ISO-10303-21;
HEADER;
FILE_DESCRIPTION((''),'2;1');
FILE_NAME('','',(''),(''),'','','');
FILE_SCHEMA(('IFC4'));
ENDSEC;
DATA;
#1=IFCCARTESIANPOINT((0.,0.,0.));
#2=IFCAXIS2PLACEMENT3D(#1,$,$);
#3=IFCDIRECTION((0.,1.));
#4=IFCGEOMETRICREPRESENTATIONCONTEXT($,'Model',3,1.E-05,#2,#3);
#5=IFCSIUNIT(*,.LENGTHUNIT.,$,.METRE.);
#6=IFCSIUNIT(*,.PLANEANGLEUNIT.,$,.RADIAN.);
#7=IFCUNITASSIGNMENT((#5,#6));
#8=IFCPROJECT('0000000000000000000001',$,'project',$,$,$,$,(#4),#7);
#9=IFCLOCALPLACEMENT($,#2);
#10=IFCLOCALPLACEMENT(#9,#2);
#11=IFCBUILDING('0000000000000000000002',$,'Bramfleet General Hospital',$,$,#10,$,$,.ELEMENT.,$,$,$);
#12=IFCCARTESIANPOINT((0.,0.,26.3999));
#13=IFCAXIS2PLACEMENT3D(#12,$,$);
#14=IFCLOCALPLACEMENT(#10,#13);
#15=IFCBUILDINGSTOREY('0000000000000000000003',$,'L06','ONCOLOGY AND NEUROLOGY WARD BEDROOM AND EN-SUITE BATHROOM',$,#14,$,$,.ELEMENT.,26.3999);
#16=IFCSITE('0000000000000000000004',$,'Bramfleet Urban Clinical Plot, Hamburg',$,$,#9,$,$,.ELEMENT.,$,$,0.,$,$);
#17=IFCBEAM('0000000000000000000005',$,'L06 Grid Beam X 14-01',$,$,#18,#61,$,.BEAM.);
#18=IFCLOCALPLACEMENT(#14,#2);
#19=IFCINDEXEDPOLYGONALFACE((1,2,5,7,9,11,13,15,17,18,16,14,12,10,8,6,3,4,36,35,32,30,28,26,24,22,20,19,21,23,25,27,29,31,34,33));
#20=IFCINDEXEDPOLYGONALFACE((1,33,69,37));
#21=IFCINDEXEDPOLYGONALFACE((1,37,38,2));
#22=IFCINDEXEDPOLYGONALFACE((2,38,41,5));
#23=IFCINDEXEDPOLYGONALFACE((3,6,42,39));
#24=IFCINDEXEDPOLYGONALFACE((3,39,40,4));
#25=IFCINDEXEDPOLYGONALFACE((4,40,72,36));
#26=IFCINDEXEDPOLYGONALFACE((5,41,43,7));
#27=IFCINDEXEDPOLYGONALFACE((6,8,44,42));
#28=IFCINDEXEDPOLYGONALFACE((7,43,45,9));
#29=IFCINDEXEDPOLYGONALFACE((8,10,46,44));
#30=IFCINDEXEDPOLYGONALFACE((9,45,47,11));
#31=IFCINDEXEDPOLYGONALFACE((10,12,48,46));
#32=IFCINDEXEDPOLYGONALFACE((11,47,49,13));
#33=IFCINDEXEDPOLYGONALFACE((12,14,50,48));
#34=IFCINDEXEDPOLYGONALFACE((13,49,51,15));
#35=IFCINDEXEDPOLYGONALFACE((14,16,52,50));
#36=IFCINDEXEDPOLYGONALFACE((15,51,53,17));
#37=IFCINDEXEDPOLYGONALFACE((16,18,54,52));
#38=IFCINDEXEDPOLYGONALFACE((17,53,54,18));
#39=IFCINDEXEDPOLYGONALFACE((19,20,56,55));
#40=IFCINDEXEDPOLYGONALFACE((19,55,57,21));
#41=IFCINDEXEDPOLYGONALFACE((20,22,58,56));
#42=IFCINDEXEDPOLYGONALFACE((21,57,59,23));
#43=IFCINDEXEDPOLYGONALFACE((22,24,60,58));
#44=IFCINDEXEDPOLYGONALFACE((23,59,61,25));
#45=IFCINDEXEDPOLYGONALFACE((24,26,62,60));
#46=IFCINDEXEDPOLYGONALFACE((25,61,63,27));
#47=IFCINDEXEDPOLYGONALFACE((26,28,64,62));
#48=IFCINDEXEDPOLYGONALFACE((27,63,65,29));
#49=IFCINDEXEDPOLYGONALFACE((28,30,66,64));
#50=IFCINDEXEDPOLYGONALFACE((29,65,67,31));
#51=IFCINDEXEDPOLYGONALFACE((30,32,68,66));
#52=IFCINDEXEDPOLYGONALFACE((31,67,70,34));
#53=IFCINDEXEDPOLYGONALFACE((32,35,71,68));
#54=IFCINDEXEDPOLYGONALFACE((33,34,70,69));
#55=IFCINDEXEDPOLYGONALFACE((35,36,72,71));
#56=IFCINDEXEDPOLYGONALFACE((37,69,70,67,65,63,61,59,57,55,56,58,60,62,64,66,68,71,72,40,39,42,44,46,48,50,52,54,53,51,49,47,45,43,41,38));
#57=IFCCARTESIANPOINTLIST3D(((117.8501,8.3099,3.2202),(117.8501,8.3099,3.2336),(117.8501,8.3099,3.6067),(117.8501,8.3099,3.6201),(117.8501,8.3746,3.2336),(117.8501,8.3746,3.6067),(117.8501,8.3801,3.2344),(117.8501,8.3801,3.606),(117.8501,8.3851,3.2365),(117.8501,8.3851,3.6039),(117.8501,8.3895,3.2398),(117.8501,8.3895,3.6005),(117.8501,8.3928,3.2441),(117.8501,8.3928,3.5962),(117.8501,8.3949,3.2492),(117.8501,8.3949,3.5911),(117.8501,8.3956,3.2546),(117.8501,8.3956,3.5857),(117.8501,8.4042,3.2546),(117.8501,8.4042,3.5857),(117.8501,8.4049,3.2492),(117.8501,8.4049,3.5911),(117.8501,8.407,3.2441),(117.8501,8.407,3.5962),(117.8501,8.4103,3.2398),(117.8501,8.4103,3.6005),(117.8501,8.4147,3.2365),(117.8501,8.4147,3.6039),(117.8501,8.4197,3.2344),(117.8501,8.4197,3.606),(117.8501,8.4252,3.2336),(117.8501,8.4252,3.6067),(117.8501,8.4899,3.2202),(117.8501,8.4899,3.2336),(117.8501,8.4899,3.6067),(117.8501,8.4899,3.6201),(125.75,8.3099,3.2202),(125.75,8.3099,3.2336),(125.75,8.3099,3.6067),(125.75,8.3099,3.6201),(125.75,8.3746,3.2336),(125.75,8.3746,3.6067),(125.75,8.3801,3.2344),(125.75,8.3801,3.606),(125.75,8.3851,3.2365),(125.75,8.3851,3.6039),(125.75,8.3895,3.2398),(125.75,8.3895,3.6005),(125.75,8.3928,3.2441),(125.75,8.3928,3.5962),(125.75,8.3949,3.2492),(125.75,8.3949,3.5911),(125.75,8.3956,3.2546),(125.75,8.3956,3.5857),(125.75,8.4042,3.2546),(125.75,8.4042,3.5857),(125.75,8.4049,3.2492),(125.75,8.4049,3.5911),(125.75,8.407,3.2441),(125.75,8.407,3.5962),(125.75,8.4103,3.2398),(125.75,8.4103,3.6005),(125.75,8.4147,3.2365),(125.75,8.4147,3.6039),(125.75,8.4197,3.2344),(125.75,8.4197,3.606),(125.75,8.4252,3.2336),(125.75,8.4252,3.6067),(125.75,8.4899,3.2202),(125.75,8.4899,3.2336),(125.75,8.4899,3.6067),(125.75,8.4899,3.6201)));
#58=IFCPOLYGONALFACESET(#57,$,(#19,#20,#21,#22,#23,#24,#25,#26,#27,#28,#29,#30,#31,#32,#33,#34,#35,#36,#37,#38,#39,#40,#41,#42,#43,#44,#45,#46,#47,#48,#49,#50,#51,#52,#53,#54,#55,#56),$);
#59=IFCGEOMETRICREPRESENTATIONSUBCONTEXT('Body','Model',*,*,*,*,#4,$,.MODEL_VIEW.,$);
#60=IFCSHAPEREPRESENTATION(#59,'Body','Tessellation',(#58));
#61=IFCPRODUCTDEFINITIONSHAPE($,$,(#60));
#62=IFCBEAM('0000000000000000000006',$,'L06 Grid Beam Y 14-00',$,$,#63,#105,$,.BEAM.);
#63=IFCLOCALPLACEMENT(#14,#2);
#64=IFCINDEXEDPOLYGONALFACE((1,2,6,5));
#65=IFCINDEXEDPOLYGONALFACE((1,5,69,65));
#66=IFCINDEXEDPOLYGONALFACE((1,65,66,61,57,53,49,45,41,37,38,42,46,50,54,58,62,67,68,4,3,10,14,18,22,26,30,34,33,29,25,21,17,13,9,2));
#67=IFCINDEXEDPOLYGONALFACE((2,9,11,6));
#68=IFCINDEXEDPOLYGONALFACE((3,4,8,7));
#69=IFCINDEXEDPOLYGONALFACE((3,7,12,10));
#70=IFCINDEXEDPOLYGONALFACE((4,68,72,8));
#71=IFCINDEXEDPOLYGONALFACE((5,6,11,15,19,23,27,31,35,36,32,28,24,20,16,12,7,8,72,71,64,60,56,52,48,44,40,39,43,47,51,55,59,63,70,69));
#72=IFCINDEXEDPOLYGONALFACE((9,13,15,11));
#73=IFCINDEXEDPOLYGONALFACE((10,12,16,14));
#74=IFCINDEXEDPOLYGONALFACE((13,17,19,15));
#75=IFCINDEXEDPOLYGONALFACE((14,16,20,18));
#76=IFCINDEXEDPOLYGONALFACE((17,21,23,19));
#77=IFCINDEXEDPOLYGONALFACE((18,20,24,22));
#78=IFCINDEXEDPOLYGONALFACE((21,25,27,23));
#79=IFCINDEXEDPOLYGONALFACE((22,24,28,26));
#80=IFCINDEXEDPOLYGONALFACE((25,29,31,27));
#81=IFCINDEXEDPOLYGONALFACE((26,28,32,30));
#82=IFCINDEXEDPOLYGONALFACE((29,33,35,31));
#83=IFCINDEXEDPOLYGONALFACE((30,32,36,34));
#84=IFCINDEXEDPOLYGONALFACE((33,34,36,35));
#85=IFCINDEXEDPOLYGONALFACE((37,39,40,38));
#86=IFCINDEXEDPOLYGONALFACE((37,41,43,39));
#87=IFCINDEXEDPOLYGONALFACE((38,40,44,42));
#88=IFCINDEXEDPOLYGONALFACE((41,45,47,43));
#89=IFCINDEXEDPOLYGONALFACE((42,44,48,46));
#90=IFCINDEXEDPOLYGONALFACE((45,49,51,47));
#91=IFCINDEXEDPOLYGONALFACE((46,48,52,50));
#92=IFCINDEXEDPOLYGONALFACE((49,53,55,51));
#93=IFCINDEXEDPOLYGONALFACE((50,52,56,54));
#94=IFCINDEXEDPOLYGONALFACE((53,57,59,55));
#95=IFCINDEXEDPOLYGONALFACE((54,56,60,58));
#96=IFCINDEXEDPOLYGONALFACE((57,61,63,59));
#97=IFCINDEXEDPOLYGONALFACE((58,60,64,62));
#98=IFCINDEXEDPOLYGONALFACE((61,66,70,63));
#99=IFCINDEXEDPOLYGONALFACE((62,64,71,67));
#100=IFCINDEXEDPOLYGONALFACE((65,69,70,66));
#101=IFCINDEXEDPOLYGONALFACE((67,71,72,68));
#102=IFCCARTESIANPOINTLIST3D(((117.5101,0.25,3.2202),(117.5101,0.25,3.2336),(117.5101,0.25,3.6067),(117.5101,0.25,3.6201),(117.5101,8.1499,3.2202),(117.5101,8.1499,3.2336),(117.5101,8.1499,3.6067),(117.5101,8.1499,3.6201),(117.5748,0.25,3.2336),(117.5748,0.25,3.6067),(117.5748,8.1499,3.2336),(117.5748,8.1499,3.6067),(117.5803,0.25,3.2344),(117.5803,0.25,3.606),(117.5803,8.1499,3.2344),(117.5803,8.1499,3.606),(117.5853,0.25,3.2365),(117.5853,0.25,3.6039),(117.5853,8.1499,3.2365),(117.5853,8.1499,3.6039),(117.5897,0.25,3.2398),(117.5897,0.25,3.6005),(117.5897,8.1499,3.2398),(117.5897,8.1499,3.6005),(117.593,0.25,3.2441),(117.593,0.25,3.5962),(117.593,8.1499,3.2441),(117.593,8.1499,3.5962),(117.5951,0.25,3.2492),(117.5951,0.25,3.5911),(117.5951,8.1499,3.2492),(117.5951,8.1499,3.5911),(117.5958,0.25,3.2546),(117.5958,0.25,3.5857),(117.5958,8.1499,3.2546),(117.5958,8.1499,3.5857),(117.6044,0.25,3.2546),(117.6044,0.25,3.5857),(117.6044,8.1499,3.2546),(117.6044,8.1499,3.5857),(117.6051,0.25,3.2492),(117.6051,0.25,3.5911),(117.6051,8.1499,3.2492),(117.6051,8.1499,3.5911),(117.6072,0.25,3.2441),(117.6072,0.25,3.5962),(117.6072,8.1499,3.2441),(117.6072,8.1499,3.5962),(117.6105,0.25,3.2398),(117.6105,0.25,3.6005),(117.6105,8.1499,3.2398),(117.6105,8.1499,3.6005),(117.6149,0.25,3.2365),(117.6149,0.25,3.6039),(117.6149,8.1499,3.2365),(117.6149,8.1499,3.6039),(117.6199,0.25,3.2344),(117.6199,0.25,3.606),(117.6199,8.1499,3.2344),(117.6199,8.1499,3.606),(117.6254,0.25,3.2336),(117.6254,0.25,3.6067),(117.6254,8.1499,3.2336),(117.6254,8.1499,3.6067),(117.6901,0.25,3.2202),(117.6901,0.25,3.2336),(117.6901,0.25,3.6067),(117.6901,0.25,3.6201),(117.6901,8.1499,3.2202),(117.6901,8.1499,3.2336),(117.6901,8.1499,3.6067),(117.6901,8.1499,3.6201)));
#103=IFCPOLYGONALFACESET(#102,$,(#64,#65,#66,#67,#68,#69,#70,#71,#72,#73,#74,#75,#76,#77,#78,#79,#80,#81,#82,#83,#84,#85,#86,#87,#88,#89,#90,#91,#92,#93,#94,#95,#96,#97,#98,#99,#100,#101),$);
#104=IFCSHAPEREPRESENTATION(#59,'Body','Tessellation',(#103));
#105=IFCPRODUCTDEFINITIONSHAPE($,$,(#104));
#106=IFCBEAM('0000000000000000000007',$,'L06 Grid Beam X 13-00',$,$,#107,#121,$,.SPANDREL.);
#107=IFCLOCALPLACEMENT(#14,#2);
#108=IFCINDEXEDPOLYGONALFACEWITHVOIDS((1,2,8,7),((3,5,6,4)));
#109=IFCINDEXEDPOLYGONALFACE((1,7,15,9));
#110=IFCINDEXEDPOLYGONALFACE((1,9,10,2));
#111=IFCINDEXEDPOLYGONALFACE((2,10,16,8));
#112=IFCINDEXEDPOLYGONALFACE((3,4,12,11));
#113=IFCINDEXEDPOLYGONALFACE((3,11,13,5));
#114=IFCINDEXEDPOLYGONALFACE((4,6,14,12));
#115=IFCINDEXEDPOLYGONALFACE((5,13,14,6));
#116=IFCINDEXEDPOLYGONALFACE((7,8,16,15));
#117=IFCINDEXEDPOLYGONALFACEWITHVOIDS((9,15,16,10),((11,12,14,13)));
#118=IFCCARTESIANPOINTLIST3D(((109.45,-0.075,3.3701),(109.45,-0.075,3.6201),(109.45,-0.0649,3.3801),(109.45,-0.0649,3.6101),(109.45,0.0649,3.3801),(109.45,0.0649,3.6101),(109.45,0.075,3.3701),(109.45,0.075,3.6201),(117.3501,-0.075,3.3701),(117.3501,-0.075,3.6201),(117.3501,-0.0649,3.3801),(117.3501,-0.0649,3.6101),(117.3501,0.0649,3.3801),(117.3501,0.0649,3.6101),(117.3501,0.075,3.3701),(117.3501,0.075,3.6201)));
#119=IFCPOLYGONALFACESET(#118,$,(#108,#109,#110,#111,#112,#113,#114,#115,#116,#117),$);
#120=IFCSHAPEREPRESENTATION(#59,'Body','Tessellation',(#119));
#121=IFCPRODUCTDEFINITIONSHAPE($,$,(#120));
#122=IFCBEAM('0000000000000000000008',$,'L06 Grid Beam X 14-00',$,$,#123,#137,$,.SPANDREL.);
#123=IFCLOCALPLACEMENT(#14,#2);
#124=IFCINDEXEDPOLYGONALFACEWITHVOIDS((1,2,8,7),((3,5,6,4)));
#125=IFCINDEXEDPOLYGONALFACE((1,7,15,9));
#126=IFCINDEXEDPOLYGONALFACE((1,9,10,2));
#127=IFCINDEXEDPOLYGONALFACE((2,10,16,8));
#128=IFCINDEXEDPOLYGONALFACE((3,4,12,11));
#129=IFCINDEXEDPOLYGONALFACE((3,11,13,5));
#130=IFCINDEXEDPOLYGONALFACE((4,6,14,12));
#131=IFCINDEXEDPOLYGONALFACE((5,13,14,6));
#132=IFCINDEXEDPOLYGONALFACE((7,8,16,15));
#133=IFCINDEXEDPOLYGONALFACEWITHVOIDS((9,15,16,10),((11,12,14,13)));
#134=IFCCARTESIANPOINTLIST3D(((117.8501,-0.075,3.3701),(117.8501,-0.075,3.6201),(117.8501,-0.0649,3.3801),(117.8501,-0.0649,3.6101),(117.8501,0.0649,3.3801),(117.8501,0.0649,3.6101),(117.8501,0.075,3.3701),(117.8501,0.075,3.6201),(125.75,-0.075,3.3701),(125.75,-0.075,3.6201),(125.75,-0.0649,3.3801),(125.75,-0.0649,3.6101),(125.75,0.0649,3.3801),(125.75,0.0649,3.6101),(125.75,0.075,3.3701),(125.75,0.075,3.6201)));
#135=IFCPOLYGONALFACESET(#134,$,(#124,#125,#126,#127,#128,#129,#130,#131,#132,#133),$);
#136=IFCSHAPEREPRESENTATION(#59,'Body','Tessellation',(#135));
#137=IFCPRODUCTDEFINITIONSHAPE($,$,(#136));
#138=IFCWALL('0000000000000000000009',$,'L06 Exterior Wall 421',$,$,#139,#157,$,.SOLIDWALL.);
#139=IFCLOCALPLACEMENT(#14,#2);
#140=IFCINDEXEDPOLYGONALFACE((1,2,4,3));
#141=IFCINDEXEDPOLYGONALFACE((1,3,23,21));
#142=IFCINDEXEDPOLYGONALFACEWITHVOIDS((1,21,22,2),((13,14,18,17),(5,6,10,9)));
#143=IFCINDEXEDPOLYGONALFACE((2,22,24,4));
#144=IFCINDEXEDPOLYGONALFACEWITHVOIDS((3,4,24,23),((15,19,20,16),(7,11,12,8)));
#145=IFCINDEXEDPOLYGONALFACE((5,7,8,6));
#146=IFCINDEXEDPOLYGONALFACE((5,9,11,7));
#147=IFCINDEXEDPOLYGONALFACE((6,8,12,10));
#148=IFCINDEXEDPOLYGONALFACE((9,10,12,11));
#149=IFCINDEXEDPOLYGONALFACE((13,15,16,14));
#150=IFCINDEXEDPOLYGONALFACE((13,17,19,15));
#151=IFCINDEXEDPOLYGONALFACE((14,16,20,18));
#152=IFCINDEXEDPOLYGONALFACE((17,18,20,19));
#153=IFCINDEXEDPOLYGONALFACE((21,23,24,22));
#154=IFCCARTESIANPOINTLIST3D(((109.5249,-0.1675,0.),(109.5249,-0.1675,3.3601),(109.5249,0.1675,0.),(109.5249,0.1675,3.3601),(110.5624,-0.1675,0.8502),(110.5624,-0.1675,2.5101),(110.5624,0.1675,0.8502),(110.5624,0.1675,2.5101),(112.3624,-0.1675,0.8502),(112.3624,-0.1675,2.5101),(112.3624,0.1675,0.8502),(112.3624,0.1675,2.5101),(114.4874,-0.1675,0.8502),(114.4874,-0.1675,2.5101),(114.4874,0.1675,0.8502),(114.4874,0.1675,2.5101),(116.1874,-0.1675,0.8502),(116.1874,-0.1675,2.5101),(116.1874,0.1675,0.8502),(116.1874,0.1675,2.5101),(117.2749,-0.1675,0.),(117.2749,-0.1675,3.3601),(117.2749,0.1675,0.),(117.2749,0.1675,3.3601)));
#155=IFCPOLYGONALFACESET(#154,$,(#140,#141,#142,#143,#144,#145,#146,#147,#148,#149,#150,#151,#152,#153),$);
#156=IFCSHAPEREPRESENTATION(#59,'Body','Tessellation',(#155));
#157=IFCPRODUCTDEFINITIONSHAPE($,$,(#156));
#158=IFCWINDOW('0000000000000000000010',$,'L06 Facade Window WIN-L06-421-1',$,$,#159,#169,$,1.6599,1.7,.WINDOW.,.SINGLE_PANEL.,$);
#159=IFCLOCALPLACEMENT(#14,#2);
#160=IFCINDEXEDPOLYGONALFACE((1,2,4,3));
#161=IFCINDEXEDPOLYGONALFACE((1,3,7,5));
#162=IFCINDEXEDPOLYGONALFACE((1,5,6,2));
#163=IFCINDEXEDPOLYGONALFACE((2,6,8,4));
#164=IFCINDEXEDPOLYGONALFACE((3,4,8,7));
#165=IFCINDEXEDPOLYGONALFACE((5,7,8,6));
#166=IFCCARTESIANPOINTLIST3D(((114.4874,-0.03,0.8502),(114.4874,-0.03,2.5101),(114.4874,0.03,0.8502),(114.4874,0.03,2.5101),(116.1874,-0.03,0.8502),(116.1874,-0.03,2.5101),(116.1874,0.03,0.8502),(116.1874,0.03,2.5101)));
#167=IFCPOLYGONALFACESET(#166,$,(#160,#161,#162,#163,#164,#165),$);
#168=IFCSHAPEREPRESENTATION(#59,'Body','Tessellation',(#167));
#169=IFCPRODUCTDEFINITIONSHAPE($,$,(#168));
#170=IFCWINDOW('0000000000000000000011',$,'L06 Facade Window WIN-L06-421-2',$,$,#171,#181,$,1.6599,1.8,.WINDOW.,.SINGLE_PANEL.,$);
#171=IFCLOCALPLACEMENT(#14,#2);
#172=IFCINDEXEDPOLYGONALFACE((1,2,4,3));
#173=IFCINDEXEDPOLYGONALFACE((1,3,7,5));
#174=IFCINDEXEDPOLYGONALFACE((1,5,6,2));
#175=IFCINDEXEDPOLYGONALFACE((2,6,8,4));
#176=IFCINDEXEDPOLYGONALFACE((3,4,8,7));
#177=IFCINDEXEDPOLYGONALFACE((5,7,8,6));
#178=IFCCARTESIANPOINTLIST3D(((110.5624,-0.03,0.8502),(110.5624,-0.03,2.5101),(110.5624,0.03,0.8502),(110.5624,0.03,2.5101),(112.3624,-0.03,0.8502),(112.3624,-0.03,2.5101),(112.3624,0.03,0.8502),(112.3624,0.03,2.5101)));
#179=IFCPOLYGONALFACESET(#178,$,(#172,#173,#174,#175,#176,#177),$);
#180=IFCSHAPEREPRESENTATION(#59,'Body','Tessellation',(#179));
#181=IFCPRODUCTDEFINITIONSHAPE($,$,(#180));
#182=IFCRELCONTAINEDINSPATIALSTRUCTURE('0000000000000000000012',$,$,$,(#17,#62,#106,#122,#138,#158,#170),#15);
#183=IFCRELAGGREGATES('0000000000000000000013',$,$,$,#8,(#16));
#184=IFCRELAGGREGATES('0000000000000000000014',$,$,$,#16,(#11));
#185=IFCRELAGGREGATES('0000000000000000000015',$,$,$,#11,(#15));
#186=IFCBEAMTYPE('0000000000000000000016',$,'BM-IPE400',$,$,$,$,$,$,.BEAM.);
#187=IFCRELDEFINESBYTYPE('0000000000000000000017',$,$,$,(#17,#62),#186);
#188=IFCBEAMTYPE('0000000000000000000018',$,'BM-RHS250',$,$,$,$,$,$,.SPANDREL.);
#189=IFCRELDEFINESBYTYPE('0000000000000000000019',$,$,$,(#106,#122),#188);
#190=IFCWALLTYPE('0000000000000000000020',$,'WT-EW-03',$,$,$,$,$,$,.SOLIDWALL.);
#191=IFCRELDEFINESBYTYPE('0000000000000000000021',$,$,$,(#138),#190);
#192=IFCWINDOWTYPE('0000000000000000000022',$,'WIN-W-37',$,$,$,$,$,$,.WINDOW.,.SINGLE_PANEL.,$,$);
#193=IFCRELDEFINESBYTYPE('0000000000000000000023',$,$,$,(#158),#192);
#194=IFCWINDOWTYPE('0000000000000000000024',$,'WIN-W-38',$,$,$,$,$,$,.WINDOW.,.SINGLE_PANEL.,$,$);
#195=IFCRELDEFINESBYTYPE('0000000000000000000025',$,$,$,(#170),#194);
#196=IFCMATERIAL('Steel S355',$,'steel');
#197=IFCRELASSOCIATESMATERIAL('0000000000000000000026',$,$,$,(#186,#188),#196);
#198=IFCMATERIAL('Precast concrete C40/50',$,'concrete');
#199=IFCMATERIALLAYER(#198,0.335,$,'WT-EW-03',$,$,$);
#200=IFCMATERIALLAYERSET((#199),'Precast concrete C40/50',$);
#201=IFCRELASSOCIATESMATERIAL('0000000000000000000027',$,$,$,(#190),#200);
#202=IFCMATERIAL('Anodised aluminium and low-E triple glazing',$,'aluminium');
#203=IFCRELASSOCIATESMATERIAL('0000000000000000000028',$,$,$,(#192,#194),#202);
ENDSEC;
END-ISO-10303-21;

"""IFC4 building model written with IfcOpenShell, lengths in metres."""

from ifc_helpers import new_model, si_unit, direction, frame, frame_2d, origin, origin_2d, place, context, subcontext, project, spatial, rectangle, hollow_rectangle, i_section, extrude, material, layer, layer_set, material_profile, profile_set, type_object, element, fill, save


model = new_model("IFC4")

# Units and contexts
model_context = context("Model", 3, precision=1e-05, world=origin(), true_north=direction((0.0, 1.0)))
body_context = subcontext(model_context, "Body", "Model", "MODEL_VIEW")
ifc_project = project(units=[si_unit("LENGTHUNIT", "METRE"), si_unit("PLANEANGLEUNIT", "RADIAN")], contexts=[model_context])

# Site, building, storey
site_placement = place(None, origin())
site = spatial("IfcSite", under=ifc_project, at=site_placement, Name="Bramfleet Urban Clinical Plot, Hamburg", CompositionType="ELEMENT", RefElevation=0.0)
building_placement = place(site_placement, origin())
building = spatial("IfcBuilding", under=site, at=building_placement, Name="Bramfleet General Hospital", CompositionType="ELEMENT")
storey_placement = place(building_placement, frame((0.0, 0.0, 26.3999)))
storey = spatial("IfcBuildingStorey", under=building, at=storey_placement, Name="L06", Description="ONCOLOGY AND NEUROLOGY WARD BEDROOM AND EN-SUITE BATHROOM", CompositionType="ELEMENT", Elevation=26.3999)

# Beams
ifc_material_1 = material(Name="Steel S355", Category="steel")
ifc_material_profile_1 = material_profile(ifc_material_1, i_section(OverallWidth=0.1799, OverallDepth=0.3999, WebThickness=0.0085, FlangeThickness=0.0134, FilletRadius=0.021, at=origin_2d()), Name="IPE 400")
ifc_profile_set_1 = profile_set([ifc_material_profile_1], Name="Steel S355")
beam_type_1 = type_object("IfcBeamType", Name="BM-IPE400", PredefinedType="BEAM", material=ifc_profile_set_1)
for number, where, z_axis, x_axis, name in (
    (1, (117.8501, 8.3999, 3.4202), (1.0, 0.0, 0.0), (0.0, 1.0, 0.0), "L06 Grid Beam X 14-01"),
    (2, (117.6001, 0.25, 3.4202), (0.0, 1.0, 0.0), (-1.0, 0.0, 0.0), "L06 Grid Beam Y 14-00"),
):
    element("IfcBeam", number, at=place(storey_placement, frame(where, z_axis=z_axis, x_axis=x_axis)), inside=storey, type_object=beam_type_1, Name=name, PredefinedType="BEAM", context=body_context, shape_type="SweptSolid", body=[
        extrude(i_section(OverallWidth=0.1799, OverallDepth=0.3999, WebThickness=0.0085, FlangeThickness=0.0134, FilletRadius=0.021, at=origin_2d()), origin(), (0.0, 0.0, 1.0), 7.8999),
    ])
ifc_material_profile_2 = material_profile(ifc_material_1, hollow_rectangle(XDim=0.1499, YDim=0.25, WallThickness=0.01, at=origin_2d()), Name="RHS 250x150x10.0")
ifc_profile_set_2 = profile_set([ifc_material_profile_2], Name="Steel S355")
beam_type_2 = type_object("IfcBeamType", Name="BM-RHS250", PredefinedType="SPANDREL", material=ifc_profile_set_2)
beam_1_placement = place(storey_placement, frame((109.45, 0.0, 3.4951), z_axis=(1.0, 0.0, 0.0), x_axis=(0.0, 1.0, 0.0)))
element("IfcBeam", 3, at=beam_1_placement, inside=storey, type_object=beam_type_2, Name="L06 Grid Beam X 13-00", PredefinedType="SPANDREL", context=body_context, shape_type="SweptSolid", body=[
    extrude(hollow_rectangle(XDim=0.1499, YDim=0.25, WallThickness=0.01, at=origin_2d()), origin(), (0.0, 0.0, 1.0), 7.9001),
])
beam_2_placement = place(storey_placement, frame((117.8501, 0.0, 3.4951), z_axis=(1.0, 0.0, 0.0), x_axis=(0.0, 1.0, 0.0)))
element("IfcBeam", 4, at=beam_2_placement, inside=storey, type_object=beam_type_2, Name="L06 Grid Beam X 14-00", PredefinedType="SPANDREL", context=body_context, shape_type="SweptSolid", body=[
    extrude(hollow_rectangle(XDim=0.1499, YDim=0.25, WallThickness=0.01, at=origin_2d()), origin(), (0.0, 0.0, 1.0), 7.8999),
])

# Wall, openings, windows
ifc_material_2 = material(Name="Precast concrete C40/50", Category="concrete")
ifc_layer_1 = layer(ifc_material_2, 0.335, Name="WT-EW-03")
ifc_layer_set_1 = layer_set([ifc_layer_1], Name="Precast concrete C40/50")
wall_type_1 = type_object("IfcWallType", Name="WT-EW-03", PredefinedType="SOLIDWALL", material=ifc_layer_set_1)
wall_1_placement = place(storey_placement, frame((117.2749, 0.0, 0.0), z_axis=(0.0, 0.0, 1.0), x_axis=(-1.0, 0.0, 0.0)))
wall_1 = element("IfcWall", 5, at=wall_1_placement, inside=storey, type_object=wall_type_1, Name="L06 Exterior Wall 421", PredefinedType="SOLIDWALL", context=body_context, shape_type="SweptSolid", body=[
    extrude(rectangle(XDim=7.75, YDim=0.335, at=frame_2d((3.875, 0.0))), origin(), (0.0, 0.0, 1.0), 3.3601),
])
opening_1_placement = place(wall_1_placement, frame((1.0874, 0.0, 0.8501)))
opening_1 = element("IfcOpeningElement", 6, at=opening_1_placement, cuts=wall_1, PredefinedType="OPENING", context=body_context, shape_type="SweptSolid", body=[
    extrude(rectangle(XDim=1.7, YDim=1.6599, at=frame_2d((0.8501, 0.8301))), frame((0.0, 0.1775, 0.0), z_axis=(0.0, -1.0, 0.0), x_axis=(1.0, 0.0, 0.0)), (0.0, 0.0, 1.0), 0.355),
])
opening_2_placement = place(wall_1_placement, frame((4.9126, 0.0, 0.8501)))
opening_2 = element("IfcOpeningElement", 7, at=opening_2_placement, cuts=wall_1, PredefinedType="OPENING", context=body_context, shape_type="SweptSolid", body=[
    extrude(rectangle(XDim=1.8, YDim=1.6599, at=frame_2d((0.8999, 0.8301))), frame((0.0, 0.1775, 0.0), z_axis=(0.0, -1.0, 0.0), x_axis=(1.0, 0.0, 0.0)), (0.0, 0.0, 1.0), 0.355),
])
ifc_material_3 = material(Name="Anodised aluminium and low-E triple glazing", Category="aluminium")
window_type_1 = type_object("IfcWindowType", Name="WIN-W-37", PartitioningType="SINGLE_PANEL", PredefinedType="WINDOW", material=ifc_material_3)
window_1_placement = place(opening_1_placement, origin())
window_1 = element("IfcWindow", 8, at=window_1_placement, inside=storey, type_object=window_type_1, Name="L06 Facade Window WIN-L06-421-1", OverallHeight=1.6599, OverallWidth=1.7, PartitioningType="SINGLE_PANEL", PredefinedType="WINDOW", context=body_context, shape_type="SweptSolid", body=[
    extrude(rectangle(XDim=1.7, YDim=1.6599, at=frame_2d((0.8501, 0.8301))), frame((0.0, 0.03, 0.0), z_axis=(0.0, -1.0, 0.0), x_axis=(1.0, 0.0, 0.0)), (0.0, 0.0, 1.0), 0.0601),
])
fill(opening_1, window_1)
window_type_2 = type_object("IfcWindowType", Name="WIN-W-38", PartitioningType="SINGLE_PANEL", PredefinedType="WINDOW", material=ifc_material_3)
window_2_placement = place(opening_2_placement, origin())
window_2 = element("IfcWindow", 9, at=window_2_placement, inside=storey, type_object=window_type_2, Name="L06 Facade Window WIN-L06-421-2", OverallHeight=1.6599, OverallWidth=1.8, PartitioningType="SINGLE_PANEL", PredefinedType="WINDOW", context=body_context, shape_type="SweptSolid", body=[
    extrude(rectangle(XDim=1.8, YDim=1.6599, at=frame_2d((0.8999, 0.8301))), frame((0.0, 0.03, 0.0), z_axis=(0.0, -1.0, 0.0), x_axis=(1.0, 0.0, 0.0)), (0.0, 0.0, 1.0), 0.0601),
])
fill(opening_2, window_2)

save(model, "model.ifc")
